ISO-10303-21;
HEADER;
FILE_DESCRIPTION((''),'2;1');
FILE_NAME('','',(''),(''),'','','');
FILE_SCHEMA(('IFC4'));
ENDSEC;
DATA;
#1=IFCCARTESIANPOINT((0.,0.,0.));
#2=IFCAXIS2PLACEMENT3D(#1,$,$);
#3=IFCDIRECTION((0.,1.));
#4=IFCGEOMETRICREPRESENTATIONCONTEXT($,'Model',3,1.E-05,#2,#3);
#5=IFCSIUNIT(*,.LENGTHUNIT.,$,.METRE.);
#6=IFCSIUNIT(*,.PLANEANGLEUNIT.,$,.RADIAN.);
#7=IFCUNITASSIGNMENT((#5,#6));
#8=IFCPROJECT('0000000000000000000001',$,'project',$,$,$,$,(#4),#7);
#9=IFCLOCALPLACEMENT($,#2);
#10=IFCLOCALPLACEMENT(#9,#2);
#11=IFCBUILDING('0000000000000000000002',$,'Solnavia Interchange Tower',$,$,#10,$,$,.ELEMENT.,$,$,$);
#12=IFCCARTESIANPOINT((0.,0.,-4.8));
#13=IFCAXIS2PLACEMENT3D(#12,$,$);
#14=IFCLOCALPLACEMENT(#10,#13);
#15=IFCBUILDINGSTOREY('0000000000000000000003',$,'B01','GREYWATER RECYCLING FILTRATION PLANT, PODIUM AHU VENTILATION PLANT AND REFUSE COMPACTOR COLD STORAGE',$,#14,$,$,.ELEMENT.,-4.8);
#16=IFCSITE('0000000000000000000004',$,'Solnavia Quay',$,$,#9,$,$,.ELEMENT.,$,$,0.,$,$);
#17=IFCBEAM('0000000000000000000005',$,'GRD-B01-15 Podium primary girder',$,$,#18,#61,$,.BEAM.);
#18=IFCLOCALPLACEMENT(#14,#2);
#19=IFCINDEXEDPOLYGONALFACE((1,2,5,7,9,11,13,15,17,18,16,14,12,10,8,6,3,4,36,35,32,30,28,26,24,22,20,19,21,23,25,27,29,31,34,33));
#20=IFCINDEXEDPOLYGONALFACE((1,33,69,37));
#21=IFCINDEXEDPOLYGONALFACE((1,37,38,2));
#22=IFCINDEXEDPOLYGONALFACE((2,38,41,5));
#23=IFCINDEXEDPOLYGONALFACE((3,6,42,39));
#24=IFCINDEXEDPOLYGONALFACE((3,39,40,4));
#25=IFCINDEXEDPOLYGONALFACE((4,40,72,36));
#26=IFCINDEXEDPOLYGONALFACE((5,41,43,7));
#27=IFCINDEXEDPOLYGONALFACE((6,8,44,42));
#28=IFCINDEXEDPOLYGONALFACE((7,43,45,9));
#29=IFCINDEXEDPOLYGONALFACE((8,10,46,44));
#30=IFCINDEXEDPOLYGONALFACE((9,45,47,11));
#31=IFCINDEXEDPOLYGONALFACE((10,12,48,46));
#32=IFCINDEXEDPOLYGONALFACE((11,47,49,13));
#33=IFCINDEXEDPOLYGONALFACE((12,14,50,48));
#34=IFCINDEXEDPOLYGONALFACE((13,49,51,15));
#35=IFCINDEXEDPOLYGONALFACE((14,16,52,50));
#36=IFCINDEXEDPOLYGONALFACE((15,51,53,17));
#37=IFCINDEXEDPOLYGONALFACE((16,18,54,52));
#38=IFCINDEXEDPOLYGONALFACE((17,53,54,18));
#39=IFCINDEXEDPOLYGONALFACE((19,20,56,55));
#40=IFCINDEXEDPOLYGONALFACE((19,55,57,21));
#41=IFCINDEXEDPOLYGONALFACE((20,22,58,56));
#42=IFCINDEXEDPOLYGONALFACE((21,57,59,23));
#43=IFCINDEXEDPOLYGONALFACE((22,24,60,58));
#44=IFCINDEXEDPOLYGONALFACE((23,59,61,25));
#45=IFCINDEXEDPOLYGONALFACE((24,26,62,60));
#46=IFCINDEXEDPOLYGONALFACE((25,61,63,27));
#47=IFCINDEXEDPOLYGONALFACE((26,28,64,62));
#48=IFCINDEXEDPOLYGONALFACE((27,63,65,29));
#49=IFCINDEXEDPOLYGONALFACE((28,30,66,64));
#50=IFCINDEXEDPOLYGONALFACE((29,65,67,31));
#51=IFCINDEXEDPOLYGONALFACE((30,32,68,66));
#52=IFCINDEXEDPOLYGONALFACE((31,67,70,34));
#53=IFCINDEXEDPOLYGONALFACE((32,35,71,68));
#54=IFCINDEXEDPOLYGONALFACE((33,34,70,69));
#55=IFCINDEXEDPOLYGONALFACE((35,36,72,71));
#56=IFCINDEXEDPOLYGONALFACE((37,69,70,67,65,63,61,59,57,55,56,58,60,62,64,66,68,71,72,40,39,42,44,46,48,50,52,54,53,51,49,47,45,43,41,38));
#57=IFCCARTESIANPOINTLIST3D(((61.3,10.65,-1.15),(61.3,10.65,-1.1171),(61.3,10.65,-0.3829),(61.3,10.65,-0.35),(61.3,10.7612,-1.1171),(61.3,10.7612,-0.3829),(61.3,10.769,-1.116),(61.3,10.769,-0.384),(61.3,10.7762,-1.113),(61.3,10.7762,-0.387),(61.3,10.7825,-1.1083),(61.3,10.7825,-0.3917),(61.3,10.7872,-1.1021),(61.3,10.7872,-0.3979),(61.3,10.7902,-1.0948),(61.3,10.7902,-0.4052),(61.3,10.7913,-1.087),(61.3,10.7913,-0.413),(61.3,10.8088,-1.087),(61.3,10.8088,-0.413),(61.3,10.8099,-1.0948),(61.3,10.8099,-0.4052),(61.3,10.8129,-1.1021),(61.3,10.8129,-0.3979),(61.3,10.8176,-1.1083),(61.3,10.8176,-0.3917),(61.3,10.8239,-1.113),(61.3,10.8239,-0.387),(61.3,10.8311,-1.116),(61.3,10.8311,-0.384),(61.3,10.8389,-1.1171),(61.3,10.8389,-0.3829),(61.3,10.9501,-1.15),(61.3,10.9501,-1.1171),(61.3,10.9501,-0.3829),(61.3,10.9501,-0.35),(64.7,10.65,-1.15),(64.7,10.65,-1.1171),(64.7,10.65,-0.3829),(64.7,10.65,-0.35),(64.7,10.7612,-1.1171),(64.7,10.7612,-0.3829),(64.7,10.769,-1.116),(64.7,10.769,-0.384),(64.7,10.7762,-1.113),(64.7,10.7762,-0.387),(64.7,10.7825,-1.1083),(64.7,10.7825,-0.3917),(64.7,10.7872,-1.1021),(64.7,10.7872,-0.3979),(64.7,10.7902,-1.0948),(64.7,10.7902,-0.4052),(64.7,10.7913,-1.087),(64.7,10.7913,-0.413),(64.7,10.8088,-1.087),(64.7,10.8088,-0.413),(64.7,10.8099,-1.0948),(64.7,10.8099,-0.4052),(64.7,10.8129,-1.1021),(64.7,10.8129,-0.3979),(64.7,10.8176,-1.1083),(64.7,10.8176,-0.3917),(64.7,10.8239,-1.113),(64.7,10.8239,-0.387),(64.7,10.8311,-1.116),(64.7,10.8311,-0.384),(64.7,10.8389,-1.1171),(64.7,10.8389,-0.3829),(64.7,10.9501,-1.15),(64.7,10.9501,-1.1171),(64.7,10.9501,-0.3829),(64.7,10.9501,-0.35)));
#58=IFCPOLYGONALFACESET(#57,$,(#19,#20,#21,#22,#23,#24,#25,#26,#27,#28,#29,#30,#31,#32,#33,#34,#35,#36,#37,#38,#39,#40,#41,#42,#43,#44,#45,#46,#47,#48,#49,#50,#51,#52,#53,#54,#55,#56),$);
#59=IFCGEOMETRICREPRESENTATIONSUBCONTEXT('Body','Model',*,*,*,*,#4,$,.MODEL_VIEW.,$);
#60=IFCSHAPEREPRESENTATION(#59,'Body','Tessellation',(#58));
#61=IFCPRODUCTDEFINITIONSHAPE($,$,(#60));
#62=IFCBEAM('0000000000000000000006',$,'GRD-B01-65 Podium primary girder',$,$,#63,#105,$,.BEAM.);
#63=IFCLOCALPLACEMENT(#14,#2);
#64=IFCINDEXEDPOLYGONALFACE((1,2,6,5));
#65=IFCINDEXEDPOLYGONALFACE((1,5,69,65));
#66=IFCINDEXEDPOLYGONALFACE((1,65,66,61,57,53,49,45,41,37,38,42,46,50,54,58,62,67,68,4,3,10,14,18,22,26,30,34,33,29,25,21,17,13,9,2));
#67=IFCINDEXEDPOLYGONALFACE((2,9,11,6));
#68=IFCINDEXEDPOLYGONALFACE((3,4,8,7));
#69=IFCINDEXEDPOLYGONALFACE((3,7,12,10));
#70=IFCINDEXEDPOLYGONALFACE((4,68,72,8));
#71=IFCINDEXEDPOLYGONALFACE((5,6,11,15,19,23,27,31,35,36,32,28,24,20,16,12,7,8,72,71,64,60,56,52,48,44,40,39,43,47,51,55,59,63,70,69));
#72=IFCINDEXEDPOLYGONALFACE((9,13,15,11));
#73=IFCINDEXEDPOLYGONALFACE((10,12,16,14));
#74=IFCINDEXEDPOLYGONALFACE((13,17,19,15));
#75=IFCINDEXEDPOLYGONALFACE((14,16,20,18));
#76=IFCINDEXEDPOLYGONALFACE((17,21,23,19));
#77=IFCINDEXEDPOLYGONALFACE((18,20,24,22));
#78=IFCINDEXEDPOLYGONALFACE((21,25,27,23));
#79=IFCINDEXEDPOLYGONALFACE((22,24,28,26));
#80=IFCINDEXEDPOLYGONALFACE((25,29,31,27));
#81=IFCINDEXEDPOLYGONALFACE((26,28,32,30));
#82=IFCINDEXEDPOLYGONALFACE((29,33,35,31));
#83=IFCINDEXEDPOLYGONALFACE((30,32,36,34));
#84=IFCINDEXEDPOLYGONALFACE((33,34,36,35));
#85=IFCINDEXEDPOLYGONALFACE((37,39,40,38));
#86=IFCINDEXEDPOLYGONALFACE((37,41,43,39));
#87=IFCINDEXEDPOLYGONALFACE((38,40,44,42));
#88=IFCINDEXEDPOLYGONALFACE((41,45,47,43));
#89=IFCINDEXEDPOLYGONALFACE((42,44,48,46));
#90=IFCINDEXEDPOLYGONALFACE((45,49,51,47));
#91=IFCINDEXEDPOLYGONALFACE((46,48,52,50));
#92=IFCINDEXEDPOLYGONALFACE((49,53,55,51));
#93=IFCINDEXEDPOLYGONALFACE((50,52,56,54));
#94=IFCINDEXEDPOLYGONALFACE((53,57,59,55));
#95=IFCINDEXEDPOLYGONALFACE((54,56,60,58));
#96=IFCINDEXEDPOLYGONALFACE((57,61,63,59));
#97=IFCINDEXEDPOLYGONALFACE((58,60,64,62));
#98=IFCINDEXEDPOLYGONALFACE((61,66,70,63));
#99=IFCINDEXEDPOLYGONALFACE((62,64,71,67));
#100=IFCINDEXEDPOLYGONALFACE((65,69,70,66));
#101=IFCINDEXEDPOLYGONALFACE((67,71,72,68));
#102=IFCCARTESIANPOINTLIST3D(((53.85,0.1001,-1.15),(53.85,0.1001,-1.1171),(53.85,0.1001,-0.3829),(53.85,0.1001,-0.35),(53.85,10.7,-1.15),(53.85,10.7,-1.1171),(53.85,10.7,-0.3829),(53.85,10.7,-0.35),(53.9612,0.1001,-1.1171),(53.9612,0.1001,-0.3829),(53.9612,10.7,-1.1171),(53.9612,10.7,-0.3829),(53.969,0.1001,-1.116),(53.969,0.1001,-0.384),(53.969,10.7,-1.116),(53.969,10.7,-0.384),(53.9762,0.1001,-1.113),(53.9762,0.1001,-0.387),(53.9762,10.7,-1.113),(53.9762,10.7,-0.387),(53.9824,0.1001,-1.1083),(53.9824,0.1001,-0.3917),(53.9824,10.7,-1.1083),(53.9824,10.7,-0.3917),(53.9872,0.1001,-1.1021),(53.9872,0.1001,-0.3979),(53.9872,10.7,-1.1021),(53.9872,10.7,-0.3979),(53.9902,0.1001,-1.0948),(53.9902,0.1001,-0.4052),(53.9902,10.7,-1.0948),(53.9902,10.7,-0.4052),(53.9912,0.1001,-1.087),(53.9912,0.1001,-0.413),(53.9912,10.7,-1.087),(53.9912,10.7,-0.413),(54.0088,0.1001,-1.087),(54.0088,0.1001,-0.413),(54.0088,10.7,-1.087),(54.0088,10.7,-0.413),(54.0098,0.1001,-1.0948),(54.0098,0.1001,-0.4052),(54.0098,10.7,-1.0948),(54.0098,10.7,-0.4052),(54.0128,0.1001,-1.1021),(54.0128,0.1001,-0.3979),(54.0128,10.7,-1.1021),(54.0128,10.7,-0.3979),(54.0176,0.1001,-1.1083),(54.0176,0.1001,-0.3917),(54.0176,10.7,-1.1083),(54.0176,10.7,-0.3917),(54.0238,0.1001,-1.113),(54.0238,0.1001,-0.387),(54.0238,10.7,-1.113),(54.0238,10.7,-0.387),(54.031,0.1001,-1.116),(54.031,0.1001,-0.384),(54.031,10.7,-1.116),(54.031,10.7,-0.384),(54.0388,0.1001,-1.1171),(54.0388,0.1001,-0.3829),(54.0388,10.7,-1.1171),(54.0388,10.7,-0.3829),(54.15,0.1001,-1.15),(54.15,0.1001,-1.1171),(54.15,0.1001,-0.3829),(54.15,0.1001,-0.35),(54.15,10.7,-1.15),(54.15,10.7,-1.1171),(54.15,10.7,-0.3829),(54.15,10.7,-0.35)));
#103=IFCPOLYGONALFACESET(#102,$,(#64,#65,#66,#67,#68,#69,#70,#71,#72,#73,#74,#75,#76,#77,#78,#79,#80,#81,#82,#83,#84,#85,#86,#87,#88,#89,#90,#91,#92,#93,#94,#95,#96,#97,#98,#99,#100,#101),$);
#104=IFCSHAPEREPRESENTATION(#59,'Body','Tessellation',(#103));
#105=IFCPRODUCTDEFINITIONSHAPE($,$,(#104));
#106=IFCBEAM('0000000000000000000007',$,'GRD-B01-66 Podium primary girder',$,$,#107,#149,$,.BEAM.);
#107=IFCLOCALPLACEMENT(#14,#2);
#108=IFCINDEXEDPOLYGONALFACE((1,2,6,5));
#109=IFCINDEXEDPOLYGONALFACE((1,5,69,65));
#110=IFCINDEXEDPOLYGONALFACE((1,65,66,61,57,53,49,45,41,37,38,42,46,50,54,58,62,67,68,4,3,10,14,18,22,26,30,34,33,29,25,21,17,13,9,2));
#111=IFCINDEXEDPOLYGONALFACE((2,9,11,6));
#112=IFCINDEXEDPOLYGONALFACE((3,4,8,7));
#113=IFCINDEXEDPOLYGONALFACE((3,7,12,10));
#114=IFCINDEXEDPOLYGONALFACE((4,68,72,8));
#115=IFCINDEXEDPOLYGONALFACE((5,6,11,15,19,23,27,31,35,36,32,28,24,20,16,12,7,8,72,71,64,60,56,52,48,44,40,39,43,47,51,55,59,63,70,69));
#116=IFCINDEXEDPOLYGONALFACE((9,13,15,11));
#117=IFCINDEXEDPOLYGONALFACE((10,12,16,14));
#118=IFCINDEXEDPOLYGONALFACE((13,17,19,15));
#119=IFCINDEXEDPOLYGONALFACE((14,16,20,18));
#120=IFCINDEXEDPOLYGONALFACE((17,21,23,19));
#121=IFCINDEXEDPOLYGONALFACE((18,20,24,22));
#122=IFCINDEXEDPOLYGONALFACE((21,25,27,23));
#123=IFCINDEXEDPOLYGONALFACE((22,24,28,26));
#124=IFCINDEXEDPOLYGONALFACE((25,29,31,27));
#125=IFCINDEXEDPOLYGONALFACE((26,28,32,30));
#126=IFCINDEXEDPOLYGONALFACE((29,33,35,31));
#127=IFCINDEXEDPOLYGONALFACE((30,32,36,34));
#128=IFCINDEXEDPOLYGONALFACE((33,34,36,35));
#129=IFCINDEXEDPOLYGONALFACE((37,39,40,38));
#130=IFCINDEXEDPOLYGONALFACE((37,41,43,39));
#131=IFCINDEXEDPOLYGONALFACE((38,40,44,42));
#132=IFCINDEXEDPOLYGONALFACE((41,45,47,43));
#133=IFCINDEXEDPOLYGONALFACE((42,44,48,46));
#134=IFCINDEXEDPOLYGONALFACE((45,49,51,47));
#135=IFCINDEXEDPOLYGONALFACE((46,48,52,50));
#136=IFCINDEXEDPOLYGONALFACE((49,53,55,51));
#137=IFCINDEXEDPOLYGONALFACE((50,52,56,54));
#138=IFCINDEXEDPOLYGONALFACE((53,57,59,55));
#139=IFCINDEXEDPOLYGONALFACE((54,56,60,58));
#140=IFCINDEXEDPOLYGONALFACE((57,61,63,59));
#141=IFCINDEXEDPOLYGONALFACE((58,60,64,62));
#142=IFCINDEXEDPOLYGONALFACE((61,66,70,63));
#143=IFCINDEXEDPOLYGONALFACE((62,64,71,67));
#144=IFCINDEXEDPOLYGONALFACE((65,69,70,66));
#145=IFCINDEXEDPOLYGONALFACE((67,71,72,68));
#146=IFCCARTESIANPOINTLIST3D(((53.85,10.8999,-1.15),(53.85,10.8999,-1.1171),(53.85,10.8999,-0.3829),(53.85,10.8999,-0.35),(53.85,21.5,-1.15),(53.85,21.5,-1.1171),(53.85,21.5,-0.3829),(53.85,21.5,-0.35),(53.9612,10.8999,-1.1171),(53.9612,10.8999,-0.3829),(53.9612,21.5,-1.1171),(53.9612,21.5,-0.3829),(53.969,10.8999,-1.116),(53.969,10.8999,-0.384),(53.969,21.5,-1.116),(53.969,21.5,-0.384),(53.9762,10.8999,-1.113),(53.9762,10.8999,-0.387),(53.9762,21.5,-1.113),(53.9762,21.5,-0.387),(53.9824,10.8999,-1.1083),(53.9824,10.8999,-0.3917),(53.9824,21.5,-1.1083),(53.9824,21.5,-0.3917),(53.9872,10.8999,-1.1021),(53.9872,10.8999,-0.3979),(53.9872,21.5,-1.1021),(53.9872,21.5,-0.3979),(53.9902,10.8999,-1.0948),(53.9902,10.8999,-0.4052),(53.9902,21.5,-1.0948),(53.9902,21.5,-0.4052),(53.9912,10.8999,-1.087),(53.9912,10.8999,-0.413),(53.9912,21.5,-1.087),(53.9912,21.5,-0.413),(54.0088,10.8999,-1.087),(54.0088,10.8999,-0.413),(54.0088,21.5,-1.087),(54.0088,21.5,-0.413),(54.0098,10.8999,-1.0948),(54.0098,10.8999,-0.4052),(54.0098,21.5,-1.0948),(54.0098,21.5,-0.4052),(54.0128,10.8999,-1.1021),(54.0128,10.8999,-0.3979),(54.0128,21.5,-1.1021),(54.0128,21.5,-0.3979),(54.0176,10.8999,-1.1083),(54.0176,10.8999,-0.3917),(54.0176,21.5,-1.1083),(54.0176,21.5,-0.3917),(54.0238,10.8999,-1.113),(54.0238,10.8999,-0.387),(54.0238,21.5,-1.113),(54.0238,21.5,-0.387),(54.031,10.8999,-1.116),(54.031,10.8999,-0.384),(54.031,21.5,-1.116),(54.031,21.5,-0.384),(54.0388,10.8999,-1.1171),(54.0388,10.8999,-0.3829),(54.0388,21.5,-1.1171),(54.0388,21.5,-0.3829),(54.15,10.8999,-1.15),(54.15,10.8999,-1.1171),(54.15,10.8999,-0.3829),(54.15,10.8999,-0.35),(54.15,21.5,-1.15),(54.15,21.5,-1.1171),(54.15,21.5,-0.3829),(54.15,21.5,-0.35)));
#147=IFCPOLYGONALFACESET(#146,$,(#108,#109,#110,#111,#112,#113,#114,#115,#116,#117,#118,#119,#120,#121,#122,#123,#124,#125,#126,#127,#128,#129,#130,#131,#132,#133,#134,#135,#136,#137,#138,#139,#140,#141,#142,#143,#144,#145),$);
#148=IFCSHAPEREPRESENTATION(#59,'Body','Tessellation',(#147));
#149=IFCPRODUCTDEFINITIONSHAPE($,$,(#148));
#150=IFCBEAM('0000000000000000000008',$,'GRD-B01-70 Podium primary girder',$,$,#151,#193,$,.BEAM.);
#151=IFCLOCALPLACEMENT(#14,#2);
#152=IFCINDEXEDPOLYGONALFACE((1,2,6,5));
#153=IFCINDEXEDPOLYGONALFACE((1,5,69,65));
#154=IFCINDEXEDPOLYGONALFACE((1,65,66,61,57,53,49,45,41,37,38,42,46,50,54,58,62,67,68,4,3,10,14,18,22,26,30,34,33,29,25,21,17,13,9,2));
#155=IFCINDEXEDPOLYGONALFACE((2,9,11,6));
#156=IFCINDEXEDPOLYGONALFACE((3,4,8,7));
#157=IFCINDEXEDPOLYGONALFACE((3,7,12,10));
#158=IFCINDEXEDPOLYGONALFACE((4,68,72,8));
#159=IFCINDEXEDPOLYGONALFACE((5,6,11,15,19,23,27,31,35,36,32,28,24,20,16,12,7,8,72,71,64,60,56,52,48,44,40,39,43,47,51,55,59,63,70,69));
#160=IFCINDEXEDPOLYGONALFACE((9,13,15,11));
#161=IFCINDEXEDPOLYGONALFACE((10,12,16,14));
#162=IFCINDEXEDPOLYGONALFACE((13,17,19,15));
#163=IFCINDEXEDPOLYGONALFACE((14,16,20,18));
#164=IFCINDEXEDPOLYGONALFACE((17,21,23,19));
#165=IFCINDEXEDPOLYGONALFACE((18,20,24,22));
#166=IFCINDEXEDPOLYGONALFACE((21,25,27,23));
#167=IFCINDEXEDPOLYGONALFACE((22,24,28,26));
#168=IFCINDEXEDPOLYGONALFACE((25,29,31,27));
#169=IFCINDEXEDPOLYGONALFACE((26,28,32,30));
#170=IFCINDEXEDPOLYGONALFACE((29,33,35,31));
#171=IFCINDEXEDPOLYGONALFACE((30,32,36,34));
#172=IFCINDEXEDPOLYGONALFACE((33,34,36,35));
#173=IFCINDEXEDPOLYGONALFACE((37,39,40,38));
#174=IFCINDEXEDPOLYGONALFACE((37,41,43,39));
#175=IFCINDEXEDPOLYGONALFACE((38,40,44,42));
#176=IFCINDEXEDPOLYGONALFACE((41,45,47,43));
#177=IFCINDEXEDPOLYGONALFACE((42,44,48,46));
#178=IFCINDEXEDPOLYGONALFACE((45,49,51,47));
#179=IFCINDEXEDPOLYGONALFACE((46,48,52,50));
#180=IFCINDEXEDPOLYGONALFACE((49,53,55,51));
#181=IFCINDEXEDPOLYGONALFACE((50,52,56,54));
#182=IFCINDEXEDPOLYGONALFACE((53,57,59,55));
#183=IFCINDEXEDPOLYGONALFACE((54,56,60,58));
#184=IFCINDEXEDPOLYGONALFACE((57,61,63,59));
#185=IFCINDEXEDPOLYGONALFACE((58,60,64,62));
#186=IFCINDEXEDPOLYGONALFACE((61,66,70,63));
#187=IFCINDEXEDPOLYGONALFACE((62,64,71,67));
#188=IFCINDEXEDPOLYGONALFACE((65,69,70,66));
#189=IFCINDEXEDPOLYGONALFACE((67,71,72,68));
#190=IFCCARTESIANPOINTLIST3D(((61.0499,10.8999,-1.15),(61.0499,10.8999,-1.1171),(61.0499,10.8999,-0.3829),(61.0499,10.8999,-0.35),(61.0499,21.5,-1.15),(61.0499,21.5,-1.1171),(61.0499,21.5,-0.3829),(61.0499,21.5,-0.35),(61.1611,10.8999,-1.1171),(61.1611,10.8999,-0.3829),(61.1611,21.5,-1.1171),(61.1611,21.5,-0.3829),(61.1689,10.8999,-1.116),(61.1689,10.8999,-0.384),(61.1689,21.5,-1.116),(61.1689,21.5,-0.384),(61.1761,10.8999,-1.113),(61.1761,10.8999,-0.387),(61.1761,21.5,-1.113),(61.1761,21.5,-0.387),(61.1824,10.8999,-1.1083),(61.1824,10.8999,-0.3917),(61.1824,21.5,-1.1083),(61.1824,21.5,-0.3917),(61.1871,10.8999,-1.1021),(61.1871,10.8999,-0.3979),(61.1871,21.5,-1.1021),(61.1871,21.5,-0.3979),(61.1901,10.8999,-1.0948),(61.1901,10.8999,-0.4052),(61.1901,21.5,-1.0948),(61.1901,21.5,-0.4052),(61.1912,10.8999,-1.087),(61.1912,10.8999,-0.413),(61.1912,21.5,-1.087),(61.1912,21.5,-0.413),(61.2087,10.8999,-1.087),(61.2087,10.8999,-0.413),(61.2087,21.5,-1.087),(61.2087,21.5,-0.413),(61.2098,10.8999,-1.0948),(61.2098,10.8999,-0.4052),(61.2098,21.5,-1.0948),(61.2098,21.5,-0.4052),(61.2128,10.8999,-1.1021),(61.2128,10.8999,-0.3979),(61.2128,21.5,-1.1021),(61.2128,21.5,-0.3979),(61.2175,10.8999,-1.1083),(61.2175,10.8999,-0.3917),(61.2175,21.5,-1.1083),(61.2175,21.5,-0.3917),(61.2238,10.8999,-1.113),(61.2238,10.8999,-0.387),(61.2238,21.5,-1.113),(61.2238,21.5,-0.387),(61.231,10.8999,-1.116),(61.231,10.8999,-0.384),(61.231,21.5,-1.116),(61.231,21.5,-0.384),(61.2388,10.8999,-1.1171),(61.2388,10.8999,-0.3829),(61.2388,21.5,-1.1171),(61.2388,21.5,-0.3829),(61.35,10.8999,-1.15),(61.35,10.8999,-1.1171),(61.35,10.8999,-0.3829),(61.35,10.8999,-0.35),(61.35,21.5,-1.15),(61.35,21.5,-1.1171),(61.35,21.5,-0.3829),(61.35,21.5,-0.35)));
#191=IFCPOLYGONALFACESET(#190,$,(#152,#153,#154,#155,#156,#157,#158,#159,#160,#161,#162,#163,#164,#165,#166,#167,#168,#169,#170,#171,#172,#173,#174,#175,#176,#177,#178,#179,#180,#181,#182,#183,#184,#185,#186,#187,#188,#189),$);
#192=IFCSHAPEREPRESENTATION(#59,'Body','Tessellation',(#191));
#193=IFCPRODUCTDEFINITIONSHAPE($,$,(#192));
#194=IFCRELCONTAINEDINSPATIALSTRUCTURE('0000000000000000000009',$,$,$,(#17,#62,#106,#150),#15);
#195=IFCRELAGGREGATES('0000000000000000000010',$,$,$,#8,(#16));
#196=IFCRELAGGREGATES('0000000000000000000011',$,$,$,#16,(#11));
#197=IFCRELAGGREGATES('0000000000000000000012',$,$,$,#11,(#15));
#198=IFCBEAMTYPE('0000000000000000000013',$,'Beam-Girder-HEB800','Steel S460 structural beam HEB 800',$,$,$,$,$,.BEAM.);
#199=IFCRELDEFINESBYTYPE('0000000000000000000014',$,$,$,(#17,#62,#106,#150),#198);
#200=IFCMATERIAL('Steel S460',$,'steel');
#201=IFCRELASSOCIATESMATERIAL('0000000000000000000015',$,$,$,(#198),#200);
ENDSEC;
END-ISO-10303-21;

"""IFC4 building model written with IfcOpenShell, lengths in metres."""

from ifc_helpers import new_model, si_unit, direction, frame, origin, origin_2d, place, context, subcontext, project, spatial, i_section, extrude, material, material_profile, profile_set, type_object, element, save


model = new_model("IFC4")

# Units and contexts
model_context = context("Model", 3, precision=1e-05, world=origin(), true_north=direction((0.0, 1.0)))
body_context = subcontext(model_context, "Body", "Model", "MODEL_VIEW")
ifc_project = project(units=[si_unit("LENGTHUNIT", "METRE"), si_unit("PLANEANGLEUNIT", "RADIAN")], contexts=[model_context])

# Site, building, storey
site_placement = place(None, origin())
site = spatial("IfcSite", under=ifc_project, at=site_placement, Name="Solnavia Quay", CompositionType="ELEMENT", RefElevation=0.0)
building_placement = place(site_placement, origin())
building = spatial("IfcBuilding", under=site, at=building_placement, Name="Solnavia Interchange Tower", CompositionType="ELEMENT")
storey_placement = place(building_placement, frame((0.0, 0.0, -4.8)))
storey = spatial("IfcBuildingStorey", under=building, at=storey_placement, Name="B01", Description="GREYWATER RECYCLING FILTRATION PLANT, PODIUM AHU VENTILATION PLANT AND REFUSE COMPACTOR COLD STORAGE", CompositionType="ELEMENT", Elevation=-4.8)

# Beams
ifc_material_1 = material(Name="Steel S460", Category="steel")
ifc_material_profile_1 = material_profile(ifc_material_1, i_section(OverallWidth=0.3, OverallDepth=0.8, WebThickness=0.0176, FlangeThickness=0.033, FilletRadius=0.03, at=origin_2d()), Name="HEB 800")
ifc_profile_set_1 = profile_set([ifc_material_profile_1], Name="Steel S460")
beam_type_1 = type_object("IfcBeamType", Name="Beam-Girder-HEB800", Description="Steel S460 structural beam HEB 800", PredefinedType="BEAM", material=ifc_profile_set_1)
beam_1_placement = place(storey_placement, frame((61.3, 10.8, -0.75), z_axis=(1.0, 0.0, 0.0), x_axis=(0.0, 1.0, 0.0)))
element("IfcBeam", 1, at=beam_1_placement, inside=storey, type_object=beam_type_1, Name="GRD-B01-15 Podium primary girder", PredefinedType="BEAM", context=body_context, shape_type="SweptSolid", body=[
    extrude(i_section(OverallWidth=0.3, OverallDepth=0.8, WebThickness=0.0176, FlangeThickness=0.033, FilletRadius=0.03, at=origin_2d()), origin(), (0.0, 0.0, 1.0), 3.3999),
])
beam_2_placement = place(storey_placement, frame((54.0, 0.1001, -0.75), z_axis=(0.0, 1.0, 0.0), x_axis=(-1.0, 0.0, 0.0)))
element("IfcBeam", 2, at=beam_2_placement, inside=storey, type_object=beam_type_1, Name="GRD-B01-65 Podium primary girder", PredefinedType="BEAM", context=body_context, shape_type="SweptSolid", body=[
    extrude(i_section(OverallWidth=0.3, OverallDepth=0.8, WebThickness=0.0176, FlangeThickness=0.033, FilletRadius=0.03, at=origin_2d()), origin(), (0.0, 0.0, 1.0), 10.5999),
])
for number, where, z_axis, x_axis, name in (
    (3, (54.0, 10.8999, -0.75), (0.0, 1.0, 0.0), (-1.0, 0.0, 0.0), "GRD-B01-66 Podium primary girder"),
    (4, (61.2, 10.8999, -0.75), (0.0, 1.0, 0.0), (-1.0, 0.0, 0.0), "GRD-B01-70 Podium primary girder"),
):
    element("IfcBeam", number, at=place(storey_placement, frame(where, z_axis=z_axis, x_axis=x_axis)), inside=storey, type_object=beam_type_1, Name=name, PredefinedType="BEAM", context=body_context, shape_type="SweptSolid", body=[
        extrude(i_section(OverallWidth=0.3, OverallDepth=0.8, WebThickness=0.0176, FlangeThickness=0.033, FilletRadius=0.03, at=origin_2d()), origin(), (0.0, 0.0, 1.0), 10.6001),
    ])

save(model, "model.ifc")
